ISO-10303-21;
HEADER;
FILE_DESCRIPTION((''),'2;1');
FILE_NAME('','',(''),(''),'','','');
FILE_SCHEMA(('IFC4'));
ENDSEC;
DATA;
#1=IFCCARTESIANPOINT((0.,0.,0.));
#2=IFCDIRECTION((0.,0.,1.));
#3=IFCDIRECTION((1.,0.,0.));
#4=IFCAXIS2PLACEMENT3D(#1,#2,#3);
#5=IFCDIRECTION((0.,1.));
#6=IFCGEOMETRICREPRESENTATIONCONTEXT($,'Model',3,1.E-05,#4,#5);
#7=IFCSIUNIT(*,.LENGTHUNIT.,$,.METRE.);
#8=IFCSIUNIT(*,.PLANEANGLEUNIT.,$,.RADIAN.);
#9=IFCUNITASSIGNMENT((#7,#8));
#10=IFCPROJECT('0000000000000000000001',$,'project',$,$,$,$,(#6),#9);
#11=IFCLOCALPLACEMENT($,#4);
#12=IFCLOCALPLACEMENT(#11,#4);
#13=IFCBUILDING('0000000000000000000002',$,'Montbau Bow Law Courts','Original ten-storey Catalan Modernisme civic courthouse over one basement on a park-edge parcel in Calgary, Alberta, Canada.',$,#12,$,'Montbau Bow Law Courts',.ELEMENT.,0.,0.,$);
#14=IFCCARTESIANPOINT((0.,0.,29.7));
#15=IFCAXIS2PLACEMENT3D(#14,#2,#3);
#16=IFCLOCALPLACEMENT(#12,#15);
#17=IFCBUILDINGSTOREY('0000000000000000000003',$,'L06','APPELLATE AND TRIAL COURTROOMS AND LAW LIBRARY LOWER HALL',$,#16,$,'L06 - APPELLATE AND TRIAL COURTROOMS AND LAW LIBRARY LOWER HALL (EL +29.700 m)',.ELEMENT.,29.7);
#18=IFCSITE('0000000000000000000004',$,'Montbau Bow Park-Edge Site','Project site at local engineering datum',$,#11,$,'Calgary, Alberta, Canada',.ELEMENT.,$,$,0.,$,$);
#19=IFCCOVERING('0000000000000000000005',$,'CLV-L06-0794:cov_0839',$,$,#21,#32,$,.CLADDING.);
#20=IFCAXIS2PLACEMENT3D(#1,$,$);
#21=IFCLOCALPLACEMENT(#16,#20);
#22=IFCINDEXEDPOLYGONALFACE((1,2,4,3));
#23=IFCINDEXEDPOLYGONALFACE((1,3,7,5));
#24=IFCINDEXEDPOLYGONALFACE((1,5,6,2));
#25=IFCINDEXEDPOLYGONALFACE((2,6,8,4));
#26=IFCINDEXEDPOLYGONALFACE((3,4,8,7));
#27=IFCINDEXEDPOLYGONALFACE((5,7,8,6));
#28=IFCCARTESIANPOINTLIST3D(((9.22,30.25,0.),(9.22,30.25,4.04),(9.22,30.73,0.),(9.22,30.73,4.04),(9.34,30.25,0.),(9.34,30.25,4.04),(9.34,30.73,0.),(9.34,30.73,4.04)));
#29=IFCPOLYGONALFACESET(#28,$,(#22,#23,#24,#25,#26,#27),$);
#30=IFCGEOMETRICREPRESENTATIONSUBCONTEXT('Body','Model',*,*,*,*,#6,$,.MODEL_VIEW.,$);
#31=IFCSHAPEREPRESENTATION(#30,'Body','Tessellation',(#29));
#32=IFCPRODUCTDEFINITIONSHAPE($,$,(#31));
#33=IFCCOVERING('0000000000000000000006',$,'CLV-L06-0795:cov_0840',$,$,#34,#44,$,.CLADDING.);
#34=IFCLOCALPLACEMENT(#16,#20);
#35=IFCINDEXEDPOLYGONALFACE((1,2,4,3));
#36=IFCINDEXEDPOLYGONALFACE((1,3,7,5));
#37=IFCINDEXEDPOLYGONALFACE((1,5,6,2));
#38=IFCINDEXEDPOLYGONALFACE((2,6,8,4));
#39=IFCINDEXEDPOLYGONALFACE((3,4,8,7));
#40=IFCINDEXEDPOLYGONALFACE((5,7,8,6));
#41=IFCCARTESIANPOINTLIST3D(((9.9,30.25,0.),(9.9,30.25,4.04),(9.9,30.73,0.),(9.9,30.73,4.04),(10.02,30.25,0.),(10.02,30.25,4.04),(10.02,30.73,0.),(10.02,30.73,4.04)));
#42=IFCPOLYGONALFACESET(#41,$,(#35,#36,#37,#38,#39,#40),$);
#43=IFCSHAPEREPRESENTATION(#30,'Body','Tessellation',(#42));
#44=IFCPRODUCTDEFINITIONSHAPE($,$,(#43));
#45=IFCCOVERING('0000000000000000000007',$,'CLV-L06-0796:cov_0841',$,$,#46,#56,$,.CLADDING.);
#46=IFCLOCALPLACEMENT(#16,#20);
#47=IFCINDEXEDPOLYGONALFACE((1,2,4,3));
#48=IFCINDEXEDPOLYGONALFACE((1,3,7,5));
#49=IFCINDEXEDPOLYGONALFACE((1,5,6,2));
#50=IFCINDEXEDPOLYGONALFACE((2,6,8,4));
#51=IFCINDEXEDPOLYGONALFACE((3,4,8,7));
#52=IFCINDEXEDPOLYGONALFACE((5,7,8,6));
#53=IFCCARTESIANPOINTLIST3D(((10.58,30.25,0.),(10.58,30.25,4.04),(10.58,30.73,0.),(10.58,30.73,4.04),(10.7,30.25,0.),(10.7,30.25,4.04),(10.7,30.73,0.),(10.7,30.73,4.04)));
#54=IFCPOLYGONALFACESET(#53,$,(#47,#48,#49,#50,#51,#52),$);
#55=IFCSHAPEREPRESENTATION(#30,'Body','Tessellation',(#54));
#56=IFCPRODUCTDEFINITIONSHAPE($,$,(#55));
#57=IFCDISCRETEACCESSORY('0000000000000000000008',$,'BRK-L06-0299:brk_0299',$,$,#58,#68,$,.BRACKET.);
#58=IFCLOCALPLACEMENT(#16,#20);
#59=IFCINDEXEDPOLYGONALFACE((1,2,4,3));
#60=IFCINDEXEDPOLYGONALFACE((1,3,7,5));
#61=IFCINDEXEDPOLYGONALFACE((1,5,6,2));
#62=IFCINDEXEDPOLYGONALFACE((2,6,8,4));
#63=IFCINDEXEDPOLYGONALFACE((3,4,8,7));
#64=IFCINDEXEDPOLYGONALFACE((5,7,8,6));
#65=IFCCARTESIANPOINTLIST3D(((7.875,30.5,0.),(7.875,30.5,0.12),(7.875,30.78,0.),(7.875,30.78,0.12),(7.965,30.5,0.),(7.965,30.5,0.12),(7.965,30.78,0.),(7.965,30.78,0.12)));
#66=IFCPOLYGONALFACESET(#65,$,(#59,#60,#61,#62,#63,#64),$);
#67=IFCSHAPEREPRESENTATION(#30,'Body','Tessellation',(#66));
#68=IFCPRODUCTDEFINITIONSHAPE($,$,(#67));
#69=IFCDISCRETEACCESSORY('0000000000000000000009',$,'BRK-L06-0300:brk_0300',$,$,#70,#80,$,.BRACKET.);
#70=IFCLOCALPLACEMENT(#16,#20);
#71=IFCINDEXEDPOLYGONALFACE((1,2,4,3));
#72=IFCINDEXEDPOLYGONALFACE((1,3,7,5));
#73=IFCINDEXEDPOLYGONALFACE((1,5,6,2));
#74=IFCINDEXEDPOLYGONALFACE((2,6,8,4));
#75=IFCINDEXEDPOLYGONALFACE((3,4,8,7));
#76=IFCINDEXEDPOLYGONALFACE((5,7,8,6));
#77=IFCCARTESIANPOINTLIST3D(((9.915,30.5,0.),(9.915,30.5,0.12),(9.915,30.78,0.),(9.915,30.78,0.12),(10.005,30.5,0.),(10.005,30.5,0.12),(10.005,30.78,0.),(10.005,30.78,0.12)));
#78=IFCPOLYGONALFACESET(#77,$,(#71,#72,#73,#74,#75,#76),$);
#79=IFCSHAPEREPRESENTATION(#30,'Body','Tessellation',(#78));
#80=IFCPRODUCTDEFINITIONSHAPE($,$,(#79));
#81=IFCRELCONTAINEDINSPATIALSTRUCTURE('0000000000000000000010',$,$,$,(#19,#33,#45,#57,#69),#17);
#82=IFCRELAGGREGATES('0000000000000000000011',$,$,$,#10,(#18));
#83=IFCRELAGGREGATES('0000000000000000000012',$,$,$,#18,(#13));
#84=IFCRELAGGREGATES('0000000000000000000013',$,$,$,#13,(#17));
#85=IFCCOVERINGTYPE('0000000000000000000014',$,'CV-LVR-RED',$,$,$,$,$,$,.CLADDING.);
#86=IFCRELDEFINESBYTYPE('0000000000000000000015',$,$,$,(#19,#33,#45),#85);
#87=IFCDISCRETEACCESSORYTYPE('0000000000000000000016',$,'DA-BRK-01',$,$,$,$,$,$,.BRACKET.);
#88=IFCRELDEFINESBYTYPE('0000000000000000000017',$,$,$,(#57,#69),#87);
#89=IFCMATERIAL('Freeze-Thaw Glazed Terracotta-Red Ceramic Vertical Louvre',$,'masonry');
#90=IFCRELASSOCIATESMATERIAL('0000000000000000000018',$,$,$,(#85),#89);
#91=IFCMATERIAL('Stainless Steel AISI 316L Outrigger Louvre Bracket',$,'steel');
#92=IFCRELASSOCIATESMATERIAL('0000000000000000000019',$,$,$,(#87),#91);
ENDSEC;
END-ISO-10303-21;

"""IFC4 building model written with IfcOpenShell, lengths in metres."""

from ifc_helpers import new_model, si_unit, direction, frame, frame_2d, origin_with_axes, origin_2d_with_axis, place, context, subcontext, project, spatial, rectangle, extrude, material, type_object, element, save


model = new_model("IFC4")

# Units and contexts
model_context = context("Model", 3, precision=1e-05, world=origin_with_axes(), true_north=direction((0.0, 1.0)))
body_context = subcontext(model_context, "Body", "Model", "MODEL_VIEW")
ifc_project = project(units=[si_unit("LENGTHUNIT", "METRE"), si_unit("PLANEANGLEUNIT", "RADIAN")], contexts=[model_context])

# Site, building, storey
site_placement = place(None, origin_with_axes())
site = spatial("IfcSite", under=ifc_project, at=site_placement, Name="Montbau Bow Park-Edge Site", Description="Project site at local engineering datum", LongName="Calgary, Alberta, Canada", CompositionType="ELEMENT", RefElevation=0.0)
building_placement = place(site_placement, origin_with_axes())
building = spatial("IfcBuilding", under=site, at=building_placement, Name="Montbau Bow Law Courts", Description="Original ten-storey Catalan Modernisme civic courthouse over one basement on a park-edge parcel in Calgary, Alberta, Canada.", LongName="Montbau Bow Law Courts", CompositionType="ELEMENT", ElevationOfRefHeight=0.0, ElevationOfTerrain=0.0)
storey_placement = place(building_placement, frame((0.0, 0.0, 29.7), z_axis=(0.0, 0.0, 1.0), x_axis=(1.0, 0.0, 0.0)))
storey = spatial("IfcBuildingStorey", under=building, at=storey_placement, Name="L06", Description="APPELLATE AND TRIAL COURTROOMS AND LAW LIBRARY LOWER HALL", LongName="L06 - APPELLATE AND TRIAL COURTROOMS AND LAW LIBRARY LOWER HALL (EL +29.700 m)", CompositionType="ELEMENT", Elevation=29.7)

# Coverings
ifc_material_1 = material(Name="Freeze-Thaw Glazed Terracotta-Red Ceramic Vertical Louvre", Category="masonry")
covering_type = type_object("IfcCoveringType", Name="CV-LVR-RED", PredefinedType="CLADDING", material=ifc_material_1)
for number, where, z_axis, x_axis, name in (
    (1, (9.28, 30.73, 29.7), (-1.0, 0.0, 0.0), (0.0, -1.0, 0.0), "CLV-L06-0794:cov_0839"),
    (2, (9.96, 30.73, 29.7), (-1.0, 0.0, 0.0), (0.0, -1.0, 0.0), "CLV-L06-0795:cov_0840"),
    (3, (10.64, 30.73, 29.7), (-1.0, 0.0, 0.0), (0.0, -1.0, 0.0), "CLV-L06-0796:cov_0841"),
):
    element("IfcCovering", number, at=place(None, frame(where, z_axis=z_axis, x_axis=x_axis)), inside=storey, type_object=covering_type, Name=name, PredefinedType="CLADDING", context=body_context, shape_type="SweptSolid", body=[
        extrude(rectangle(XDim=0.48, YDim=4.04, at=frame_2d((0.24, 2.02), x_axis=(1.0, 0.0))), frame((0.0, 0.0, -0.06), z_axis=(0.0, 0.0, 1.0), x_axis=(1.0, 0.0, 0.0)), (0.0, 0.0, 1.0), 0.12),
    ])

# Discrete accessories
ifc_material_2 = material(Name="Stainless Steel AISI 316L Outrigger Louvre Bracket", Category="steel")
discrete_accessory_type = type_object("IfcDiscreteAccessoryType", Name="DA-BRK-01", PredefinedType="BRACKET", material=ifc_material_2)
for number, where, z_axis, x_axis, name in (
    (4, (7.92, 30.64, 29.7), (0.0, 0.0, 1.0), (0.0, -1.0, 0.0), "BRK-L06-0299:brk_0299"),
    (5, (9.96, 30.64, 29.7), (0.0, 0.0, 1.0), (0.0, -1.0, 0.0), "BRK-L06-0300:brk_0300"),
):
    element("IfcDiscreteAccessory", number, at=place(None, frame(where, z_axis=z_axis, x_axis=x_axis)), inside=storey, type_object=discrete_accessory_type, Name=name, PredefinedType="BRACKET", context=body_context, shape_type="SweptSolid", body=[
        extrude(rectangle(XDim=0.28, YDim=0.09, at=origin_2d_with_axis()), origin_with_axes(), (0.0, 0.0, 1.0), 0.12),
    ])

save(model, "model.ifc")
